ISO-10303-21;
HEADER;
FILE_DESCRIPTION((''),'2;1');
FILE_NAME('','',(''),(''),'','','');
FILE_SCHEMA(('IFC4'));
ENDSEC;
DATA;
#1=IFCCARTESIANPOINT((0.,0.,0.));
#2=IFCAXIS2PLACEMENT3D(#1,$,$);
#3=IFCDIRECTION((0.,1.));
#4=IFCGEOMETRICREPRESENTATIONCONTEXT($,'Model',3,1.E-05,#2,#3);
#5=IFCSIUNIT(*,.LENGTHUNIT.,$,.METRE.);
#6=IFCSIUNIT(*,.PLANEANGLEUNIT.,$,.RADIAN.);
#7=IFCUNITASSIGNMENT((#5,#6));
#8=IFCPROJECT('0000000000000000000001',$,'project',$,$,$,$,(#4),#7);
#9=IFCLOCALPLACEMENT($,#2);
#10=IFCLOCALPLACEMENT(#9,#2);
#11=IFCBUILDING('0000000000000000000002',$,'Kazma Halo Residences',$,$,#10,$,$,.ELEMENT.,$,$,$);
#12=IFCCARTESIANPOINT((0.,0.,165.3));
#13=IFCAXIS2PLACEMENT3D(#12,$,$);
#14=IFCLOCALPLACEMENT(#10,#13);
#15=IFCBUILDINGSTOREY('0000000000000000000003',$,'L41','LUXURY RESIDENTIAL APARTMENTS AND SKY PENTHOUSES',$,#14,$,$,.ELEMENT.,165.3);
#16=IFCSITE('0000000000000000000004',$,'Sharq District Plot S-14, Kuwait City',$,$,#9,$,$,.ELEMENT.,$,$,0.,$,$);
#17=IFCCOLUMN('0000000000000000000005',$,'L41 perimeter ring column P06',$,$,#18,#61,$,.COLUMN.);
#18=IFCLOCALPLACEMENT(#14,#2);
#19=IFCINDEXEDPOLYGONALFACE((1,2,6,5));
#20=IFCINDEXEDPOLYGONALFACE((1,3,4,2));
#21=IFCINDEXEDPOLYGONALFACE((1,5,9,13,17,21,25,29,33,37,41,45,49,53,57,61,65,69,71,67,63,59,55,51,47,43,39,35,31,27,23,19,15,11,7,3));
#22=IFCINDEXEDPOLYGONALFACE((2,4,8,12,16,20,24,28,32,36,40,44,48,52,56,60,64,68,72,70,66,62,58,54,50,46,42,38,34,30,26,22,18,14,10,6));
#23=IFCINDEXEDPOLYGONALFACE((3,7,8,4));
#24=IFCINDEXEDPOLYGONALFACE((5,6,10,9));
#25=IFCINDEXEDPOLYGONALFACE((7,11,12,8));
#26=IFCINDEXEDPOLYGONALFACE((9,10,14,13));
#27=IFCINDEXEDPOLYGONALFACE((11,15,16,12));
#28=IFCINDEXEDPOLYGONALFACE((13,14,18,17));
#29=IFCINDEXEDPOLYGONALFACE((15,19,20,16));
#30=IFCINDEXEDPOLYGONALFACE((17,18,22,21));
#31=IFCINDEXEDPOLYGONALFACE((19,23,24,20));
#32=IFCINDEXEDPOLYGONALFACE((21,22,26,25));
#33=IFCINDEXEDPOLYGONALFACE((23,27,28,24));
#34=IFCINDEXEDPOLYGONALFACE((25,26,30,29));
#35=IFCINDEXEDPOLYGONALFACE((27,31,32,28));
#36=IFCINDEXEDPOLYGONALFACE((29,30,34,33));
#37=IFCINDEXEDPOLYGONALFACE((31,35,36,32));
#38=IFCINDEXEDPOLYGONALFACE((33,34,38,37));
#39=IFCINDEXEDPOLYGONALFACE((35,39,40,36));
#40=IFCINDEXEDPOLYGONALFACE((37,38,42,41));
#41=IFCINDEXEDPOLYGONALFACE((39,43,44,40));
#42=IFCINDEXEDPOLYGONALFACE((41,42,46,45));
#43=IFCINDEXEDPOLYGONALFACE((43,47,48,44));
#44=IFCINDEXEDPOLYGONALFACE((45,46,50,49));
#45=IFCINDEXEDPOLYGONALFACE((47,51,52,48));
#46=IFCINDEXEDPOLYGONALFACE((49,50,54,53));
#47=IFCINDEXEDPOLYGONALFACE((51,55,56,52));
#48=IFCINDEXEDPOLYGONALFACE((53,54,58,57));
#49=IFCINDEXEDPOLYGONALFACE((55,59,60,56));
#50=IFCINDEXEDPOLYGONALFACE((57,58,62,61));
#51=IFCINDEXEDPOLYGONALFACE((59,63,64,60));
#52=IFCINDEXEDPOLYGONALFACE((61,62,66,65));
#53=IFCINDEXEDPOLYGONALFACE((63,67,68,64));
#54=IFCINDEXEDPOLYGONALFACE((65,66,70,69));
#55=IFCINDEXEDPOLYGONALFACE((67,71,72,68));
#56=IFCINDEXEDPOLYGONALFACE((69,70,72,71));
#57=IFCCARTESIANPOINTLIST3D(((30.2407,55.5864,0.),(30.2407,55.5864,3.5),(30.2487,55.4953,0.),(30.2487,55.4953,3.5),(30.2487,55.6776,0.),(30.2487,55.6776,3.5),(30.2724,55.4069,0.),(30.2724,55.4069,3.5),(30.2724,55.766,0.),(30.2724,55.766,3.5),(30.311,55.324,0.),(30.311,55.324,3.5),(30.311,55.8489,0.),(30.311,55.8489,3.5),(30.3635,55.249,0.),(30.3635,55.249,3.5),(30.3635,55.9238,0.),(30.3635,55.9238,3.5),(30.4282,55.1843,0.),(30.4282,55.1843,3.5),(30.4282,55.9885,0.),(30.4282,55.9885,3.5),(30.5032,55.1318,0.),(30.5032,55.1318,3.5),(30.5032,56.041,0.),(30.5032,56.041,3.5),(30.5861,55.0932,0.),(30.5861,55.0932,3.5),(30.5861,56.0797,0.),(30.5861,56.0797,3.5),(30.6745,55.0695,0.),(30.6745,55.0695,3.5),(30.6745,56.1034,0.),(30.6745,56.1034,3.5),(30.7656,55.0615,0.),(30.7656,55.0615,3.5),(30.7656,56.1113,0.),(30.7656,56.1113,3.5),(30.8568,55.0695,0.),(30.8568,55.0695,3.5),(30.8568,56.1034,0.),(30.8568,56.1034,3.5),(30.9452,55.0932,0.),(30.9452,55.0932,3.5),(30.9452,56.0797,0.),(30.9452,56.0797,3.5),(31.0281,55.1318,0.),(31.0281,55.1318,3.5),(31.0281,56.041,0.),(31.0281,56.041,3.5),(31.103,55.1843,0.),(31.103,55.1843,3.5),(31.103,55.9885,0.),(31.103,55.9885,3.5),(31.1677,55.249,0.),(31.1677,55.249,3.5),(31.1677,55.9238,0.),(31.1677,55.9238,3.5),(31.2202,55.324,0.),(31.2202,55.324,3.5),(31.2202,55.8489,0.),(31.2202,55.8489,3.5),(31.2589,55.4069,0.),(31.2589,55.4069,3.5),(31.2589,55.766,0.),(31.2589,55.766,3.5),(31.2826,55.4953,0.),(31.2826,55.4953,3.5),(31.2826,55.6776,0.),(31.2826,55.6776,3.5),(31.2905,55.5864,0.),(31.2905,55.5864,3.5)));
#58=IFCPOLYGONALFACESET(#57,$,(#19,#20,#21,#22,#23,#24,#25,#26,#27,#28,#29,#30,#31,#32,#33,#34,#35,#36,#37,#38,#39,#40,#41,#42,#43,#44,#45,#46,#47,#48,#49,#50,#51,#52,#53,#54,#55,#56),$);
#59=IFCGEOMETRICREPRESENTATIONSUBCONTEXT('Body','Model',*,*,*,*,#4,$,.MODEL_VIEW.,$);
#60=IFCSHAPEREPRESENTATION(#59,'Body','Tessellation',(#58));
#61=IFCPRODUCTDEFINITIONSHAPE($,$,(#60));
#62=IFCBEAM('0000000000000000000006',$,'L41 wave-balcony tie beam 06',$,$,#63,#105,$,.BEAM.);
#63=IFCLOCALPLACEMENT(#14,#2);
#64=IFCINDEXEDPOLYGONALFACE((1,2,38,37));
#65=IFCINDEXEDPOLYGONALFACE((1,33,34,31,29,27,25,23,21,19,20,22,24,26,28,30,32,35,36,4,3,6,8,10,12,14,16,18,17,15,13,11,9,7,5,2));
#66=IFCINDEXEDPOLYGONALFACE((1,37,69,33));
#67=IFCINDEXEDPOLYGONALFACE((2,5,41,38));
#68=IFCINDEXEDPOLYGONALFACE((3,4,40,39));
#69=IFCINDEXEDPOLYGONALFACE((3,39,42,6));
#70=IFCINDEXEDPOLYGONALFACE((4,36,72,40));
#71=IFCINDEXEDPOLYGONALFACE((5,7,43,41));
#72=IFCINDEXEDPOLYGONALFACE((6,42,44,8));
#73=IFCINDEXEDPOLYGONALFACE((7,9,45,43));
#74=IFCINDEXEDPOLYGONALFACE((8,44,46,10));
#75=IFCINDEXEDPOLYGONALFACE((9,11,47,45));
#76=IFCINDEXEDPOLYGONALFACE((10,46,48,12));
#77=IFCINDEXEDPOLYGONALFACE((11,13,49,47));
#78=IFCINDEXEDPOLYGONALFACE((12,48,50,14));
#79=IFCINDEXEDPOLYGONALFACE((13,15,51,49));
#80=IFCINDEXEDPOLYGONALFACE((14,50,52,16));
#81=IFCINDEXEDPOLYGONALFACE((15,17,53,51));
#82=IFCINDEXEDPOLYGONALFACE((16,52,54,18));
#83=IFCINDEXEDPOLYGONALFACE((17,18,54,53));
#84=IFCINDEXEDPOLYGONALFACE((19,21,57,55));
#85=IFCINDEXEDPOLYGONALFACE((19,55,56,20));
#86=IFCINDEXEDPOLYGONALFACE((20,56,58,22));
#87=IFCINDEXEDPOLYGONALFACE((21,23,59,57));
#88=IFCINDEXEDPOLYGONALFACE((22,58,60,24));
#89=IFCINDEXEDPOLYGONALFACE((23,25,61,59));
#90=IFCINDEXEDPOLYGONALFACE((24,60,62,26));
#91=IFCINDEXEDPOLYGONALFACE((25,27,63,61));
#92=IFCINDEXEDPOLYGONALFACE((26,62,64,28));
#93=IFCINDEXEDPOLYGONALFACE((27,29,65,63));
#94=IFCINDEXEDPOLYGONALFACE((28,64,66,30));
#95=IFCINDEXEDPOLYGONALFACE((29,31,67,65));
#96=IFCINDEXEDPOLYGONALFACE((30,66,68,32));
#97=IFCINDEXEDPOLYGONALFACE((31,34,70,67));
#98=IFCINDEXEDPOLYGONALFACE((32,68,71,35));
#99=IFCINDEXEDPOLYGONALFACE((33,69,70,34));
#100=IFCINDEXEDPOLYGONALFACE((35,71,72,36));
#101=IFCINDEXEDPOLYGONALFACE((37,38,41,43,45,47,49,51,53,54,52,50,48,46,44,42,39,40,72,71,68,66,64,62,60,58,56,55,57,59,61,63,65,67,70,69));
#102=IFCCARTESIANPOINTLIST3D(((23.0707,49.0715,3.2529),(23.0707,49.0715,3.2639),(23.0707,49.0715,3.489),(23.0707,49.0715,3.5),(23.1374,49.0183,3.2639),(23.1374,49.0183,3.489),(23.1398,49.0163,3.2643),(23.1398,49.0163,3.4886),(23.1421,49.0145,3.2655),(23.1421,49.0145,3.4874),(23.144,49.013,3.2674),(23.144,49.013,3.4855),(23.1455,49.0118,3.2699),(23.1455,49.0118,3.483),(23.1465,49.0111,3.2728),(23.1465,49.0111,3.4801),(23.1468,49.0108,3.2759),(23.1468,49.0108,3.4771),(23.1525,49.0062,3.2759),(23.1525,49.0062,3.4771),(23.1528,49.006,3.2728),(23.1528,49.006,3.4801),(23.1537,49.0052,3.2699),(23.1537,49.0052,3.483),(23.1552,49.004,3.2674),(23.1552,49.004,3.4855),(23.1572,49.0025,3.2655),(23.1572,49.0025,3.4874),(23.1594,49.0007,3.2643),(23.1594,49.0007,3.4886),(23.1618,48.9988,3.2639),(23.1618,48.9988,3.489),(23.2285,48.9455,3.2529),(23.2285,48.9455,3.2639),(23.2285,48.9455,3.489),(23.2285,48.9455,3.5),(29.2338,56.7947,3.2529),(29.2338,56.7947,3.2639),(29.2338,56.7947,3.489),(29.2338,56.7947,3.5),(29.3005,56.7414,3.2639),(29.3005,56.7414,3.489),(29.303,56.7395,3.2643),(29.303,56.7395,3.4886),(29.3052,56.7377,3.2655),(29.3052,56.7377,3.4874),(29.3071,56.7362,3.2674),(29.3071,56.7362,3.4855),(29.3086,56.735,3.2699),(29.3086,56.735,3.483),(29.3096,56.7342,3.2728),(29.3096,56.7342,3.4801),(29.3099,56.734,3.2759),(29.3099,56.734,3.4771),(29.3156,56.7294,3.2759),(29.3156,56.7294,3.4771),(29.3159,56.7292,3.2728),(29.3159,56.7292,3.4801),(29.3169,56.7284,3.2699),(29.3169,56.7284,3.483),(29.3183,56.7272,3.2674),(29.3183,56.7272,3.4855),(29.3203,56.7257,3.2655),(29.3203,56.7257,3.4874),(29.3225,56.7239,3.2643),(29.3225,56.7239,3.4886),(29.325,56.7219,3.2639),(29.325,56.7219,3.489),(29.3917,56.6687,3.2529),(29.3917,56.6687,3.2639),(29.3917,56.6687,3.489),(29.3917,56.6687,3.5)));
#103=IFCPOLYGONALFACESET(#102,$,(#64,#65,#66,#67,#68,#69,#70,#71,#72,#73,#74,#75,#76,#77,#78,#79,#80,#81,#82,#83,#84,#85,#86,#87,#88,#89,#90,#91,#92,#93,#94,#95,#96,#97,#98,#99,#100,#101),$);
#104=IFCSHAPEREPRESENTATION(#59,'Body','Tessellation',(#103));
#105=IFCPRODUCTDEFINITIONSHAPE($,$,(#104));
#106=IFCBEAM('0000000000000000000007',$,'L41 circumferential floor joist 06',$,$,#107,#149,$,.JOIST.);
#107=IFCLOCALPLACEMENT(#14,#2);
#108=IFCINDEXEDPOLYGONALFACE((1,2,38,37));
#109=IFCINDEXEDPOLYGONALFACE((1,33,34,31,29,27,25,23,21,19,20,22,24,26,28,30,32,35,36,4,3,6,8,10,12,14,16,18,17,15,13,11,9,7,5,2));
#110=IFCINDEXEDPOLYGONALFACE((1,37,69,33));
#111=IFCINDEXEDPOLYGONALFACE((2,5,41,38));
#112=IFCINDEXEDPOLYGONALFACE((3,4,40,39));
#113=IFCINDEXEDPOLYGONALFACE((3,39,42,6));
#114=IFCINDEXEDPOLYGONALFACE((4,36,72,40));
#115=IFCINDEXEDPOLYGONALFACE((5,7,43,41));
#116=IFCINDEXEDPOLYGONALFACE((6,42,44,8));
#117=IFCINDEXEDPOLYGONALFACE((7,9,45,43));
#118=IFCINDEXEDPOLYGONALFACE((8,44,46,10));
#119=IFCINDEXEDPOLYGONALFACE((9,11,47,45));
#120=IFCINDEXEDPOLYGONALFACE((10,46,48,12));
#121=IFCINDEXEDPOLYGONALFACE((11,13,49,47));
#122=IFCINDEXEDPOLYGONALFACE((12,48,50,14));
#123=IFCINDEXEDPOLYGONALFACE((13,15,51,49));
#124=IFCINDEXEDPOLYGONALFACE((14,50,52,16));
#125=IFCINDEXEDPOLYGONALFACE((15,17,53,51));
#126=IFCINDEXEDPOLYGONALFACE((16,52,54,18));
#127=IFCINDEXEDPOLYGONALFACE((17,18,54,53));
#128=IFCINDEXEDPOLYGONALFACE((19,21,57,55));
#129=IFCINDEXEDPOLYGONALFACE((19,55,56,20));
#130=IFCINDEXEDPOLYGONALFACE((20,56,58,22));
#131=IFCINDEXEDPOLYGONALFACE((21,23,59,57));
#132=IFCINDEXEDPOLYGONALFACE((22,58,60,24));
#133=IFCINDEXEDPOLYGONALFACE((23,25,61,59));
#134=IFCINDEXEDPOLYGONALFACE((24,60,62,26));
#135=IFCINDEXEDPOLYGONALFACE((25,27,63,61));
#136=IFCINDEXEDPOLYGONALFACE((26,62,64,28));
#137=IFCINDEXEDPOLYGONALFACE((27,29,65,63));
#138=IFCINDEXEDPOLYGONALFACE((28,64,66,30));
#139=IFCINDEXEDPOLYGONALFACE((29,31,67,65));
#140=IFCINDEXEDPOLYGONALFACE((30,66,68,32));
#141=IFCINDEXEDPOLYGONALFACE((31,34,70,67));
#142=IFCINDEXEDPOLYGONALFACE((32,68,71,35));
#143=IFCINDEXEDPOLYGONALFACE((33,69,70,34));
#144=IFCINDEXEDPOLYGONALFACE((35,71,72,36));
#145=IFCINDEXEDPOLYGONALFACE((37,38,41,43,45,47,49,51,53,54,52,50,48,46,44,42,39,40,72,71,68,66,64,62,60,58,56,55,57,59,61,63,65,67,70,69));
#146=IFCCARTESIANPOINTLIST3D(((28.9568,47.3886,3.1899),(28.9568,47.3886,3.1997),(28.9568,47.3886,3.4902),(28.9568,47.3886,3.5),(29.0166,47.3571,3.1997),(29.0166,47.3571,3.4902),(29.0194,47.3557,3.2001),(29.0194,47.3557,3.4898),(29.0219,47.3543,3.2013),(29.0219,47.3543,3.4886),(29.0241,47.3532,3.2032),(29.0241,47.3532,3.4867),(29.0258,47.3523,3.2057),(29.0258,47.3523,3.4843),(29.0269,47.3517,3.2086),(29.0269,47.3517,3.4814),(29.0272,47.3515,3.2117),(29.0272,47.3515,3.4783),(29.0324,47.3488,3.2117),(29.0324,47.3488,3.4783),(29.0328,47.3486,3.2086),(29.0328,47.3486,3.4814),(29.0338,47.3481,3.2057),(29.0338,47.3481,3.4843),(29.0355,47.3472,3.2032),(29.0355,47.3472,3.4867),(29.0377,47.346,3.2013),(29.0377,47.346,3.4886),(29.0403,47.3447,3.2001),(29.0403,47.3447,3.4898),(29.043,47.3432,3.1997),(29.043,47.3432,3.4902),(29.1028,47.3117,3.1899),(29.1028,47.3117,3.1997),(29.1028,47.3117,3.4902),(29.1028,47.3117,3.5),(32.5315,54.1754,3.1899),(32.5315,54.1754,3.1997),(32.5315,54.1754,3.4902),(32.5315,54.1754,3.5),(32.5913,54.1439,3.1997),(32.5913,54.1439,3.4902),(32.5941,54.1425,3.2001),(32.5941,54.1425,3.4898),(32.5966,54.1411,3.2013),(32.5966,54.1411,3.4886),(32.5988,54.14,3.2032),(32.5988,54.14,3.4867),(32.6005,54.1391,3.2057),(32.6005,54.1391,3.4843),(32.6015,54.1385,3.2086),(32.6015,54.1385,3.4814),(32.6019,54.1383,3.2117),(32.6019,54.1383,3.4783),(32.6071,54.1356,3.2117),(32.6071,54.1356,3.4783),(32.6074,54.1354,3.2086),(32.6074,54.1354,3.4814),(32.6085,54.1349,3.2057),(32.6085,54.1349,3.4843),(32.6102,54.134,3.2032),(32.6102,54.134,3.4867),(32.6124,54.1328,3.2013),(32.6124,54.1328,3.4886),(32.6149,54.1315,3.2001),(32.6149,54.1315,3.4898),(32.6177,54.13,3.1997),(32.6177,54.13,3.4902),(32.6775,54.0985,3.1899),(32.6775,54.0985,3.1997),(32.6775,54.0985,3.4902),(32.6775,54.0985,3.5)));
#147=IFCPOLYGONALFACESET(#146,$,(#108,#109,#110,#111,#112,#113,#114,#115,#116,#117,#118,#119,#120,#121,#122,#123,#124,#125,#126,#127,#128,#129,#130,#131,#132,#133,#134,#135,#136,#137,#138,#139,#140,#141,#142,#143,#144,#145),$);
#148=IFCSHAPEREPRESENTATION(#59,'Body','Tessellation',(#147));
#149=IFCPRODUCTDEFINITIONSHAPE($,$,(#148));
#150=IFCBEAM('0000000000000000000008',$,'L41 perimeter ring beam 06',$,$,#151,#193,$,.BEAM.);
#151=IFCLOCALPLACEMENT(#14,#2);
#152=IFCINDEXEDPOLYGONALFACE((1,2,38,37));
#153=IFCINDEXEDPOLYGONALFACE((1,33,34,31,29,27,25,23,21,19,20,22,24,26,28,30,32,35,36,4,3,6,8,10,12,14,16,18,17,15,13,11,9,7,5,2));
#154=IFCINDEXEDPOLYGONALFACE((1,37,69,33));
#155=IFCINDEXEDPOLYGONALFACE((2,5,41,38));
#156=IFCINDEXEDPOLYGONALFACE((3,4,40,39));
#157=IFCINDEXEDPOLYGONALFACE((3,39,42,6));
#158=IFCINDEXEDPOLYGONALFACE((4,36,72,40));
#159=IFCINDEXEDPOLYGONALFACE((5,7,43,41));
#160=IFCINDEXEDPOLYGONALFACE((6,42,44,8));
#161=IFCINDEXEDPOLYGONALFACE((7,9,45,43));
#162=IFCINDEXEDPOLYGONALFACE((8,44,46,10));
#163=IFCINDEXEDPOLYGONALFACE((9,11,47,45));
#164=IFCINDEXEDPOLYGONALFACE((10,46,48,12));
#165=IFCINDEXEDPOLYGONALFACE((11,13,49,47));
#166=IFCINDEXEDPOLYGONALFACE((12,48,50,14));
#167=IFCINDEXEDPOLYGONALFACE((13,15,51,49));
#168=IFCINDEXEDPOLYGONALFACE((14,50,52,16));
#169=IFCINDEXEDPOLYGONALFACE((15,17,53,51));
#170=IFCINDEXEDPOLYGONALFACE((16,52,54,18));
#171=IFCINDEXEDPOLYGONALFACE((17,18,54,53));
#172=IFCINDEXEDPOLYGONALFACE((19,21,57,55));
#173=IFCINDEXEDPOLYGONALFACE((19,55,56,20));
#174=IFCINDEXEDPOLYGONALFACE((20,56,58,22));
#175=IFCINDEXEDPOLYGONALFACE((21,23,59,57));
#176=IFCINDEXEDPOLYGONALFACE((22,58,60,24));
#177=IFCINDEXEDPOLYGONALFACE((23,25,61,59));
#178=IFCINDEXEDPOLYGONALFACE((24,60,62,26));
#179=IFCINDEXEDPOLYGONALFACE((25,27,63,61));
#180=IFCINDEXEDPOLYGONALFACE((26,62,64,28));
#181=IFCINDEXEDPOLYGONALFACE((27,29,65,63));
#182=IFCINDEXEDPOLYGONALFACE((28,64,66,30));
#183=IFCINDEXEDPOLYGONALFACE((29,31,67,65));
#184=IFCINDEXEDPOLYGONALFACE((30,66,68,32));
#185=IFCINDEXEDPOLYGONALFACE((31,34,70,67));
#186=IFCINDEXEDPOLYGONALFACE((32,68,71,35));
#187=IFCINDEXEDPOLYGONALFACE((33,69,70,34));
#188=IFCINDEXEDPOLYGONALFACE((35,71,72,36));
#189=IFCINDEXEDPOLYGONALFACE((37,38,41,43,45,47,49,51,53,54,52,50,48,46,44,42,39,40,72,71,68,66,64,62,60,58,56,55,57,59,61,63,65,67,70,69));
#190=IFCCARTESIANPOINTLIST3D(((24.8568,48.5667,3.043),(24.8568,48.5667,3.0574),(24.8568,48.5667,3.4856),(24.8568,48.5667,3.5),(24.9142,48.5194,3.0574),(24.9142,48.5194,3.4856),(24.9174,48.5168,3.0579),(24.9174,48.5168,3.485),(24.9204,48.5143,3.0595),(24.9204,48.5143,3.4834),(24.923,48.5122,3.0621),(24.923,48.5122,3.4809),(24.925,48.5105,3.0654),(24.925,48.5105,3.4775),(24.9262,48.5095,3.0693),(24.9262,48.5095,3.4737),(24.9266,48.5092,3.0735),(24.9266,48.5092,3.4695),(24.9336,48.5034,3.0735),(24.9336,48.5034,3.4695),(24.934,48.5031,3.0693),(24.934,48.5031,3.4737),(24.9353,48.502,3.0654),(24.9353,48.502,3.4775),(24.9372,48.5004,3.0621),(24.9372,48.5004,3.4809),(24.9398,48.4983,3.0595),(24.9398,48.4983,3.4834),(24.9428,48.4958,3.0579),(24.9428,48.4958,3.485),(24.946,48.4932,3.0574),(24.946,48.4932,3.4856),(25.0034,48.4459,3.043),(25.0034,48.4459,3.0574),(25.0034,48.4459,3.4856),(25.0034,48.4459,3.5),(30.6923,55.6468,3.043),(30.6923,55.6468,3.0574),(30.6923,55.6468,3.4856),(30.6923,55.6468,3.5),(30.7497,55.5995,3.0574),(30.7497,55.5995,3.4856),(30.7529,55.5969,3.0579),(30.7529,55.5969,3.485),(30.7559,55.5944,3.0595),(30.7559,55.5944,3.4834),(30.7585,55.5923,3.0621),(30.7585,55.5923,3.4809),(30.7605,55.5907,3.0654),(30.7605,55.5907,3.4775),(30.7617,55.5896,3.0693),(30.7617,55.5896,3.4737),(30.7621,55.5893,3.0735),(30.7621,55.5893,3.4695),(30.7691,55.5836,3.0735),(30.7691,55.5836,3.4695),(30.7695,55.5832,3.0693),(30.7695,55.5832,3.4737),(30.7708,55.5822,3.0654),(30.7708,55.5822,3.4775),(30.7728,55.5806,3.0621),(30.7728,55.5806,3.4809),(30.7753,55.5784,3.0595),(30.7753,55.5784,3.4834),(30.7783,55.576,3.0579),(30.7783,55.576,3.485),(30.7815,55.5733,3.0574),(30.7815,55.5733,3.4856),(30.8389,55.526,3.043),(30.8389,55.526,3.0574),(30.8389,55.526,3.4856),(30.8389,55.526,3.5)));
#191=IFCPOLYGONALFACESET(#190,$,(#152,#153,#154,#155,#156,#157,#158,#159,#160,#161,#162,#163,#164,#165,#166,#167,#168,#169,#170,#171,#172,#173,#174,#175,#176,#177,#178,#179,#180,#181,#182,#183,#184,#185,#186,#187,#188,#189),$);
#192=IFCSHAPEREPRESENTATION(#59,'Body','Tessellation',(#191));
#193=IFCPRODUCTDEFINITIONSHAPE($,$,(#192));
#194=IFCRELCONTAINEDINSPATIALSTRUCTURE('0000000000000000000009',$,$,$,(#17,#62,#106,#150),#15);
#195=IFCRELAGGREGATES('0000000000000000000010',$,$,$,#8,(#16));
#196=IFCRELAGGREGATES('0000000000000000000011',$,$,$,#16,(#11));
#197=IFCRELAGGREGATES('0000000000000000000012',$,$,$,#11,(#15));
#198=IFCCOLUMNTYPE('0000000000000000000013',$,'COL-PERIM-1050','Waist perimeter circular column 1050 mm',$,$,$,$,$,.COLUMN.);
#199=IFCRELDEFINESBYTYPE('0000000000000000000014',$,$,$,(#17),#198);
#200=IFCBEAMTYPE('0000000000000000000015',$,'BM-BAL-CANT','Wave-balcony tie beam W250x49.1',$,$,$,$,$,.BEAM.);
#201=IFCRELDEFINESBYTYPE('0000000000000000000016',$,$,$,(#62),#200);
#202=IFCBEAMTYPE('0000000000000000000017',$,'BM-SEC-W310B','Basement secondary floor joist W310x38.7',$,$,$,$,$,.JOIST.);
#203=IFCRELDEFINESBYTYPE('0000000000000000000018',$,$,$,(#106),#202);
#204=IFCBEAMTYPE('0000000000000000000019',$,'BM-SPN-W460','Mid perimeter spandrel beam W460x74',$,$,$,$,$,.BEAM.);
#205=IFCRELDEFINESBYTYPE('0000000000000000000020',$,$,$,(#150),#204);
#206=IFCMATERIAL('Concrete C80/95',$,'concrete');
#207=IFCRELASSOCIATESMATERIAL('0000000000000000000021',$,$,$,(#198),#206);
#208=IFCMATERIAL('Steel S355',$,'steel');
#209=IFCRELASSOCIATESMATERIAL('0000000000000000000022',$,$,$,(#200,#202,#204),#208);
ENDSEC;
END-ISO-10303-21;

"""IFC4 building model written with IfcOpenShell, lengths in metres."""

from ifc_helpers import new_model, si_unit, direction, frame, origin, origin_2d, place, context, subcontext, project, spatial, circle, i_section, extrude, material, material_profile, profile_set, type_object, element, save


model = new_model("IFC4")

# Units and contexts
model_context = context("Model", 3, precision=1e-05, world=origin(), true_north=direction((0.0, 1.0)))
body_context = subcontext(model_context, "Body", "Model", "MODEL_VIEW")
ifc_project = project(units=[si_unit("LENGTHUNIT", "METRE"), si_unit("PLANEANGLEUNIT", "RADIAN")], contexts=[model_context])

# Site, building, storey
site_placement = place(None, origin())
site = spatial("IfcSite", under=ifc_project, at=site_placement, Name="Sharq District Plot S-14, Kuwait City", CompositionType="ELEMENT", RefElevation=0.0)
building_placement = place(site_placement, origin())
building = spatial("IfcBuilding", under=site, at=building_placement, Name="Kazma Halo Residences", CompositionType="ELEMENT")
storey_placement = place(building_placement, frame((0.0, 0.0, 165.3)))
storey = spatial("IfcBuildingStorey", under=building, at=storey_placement, Name="L41", Description="LUXURY RESIDENTIAL APARTMENTS AND SKY PENTHOUSES", CompositionType="ELEMENT", Elevation=165.3)

# Column
ifc_material_1 = material(Name="Concrete C80/95", Category="concrete")
ifc_material_profile_1 = material_profile(ifc_material_1, circle(Radius=0.5249, at=origin_2d()), Name="CIRC1050")
ifc_profile_set_1 = profile_set([ifc_material_profile_1], Name="Concrete C80/95")
column_type = type_object("IfcColumnType", Name="COL-PERIM-1050", Description="Waist perimeter circular column 1050 mm", PredefinedType="COLUMN", material=ifc_profile_set_1)
column_placement = place(storey_placement, frame((30.7656, 55.5864, 0.0), z_axis=(0.0, 0.0, 1.0), x_axis=(1.0, 0.0, 0.0)))
element("IfcColumn", 1, at=column_placement, inside=storey, type_object=column_type, Name="L41 perimeter ring column P06", PredefinedType="COLUMN", context=body_context, shape_type="SweptSolid", body=[
    extrude(circle(Radius=0.5249, at=origin_2d()), origin(), (0.0, 0.0, 1.0), 3.5),
])

# Beams
ifc_material_2 = material(Name="Steel S355", Category="steel")
ifc_material_profile_2 = material_profile(ifc_material_2, i_section(OverallWidth=0.2019, OverallDepth=0.2471, WebThickness=0.0073, FlangeThickness=0.011, FilletRadius=0.012, at=origin_2d()), Name="W250x49.1")
ifc_profile_set_2 = profile_set([ifc_material_profile_2], Name="Steel S355")
beam_type_1 = type_object("IfcBeamType", Name="BM-BAL-CANT", Description="Wave-balcony tie beam W250x49.1", PredefinedType="BEAM", material=ifc_profile_set_2)
beam_1_placement = place(storey_placement, frame((29.3127, 56.7317, 3.3765), z_axis=(-0.623742, -0.78163, 0.0), x_axis=(0.78163, -0.623742, 0.0)))
element("IfcBeam", 2, at=beam_1_placement, inside=storey, type_object=beam_type_1, Name="L41 wave-balcony tie beam 06", PredefinedType="BEAM", context=body_context, shape_type="SweptSolid", body=[
    extrude(i_section(OverallWidth=0.2019, OverallDepth=0.2471, WebThickness=0.0073, FlangeThickness=0.011, FilletRadius=0.012, at=origin_2d()), origin(), (0.0, 0.0, 1.0), 9.8809),
])
ifc_material_profile_3 = material_profile(ifc_material_2, i_section(OverallWidth=0.165, OverallDepth=0.3101, WebThickness=0.0059, FlangeThickness=0.0098, FilletRadius=0.012, at=origin_2d()), Name="W310x38.7")
ifc_profile_set_3 = profile_set([ifc_material_profile_3], Name="Steel S355")
beam_type_2 = type_object("IfcBeamType", Name="BM-SEC-W310B", Description="Basement secondary floor joist W310x38.7", PredefinedType="JOIST", material=ifc_profile_set_3)
beam_2_placement = place(storey_placement, frame((32.6045, 54.137, 3.345), z_axis=(-0.466019, -0.884775, 0.0), x_axis=(0.884775, -0.466019, 0.0)))
element("IfcBeam", 3, at=beam_2_placement, inside=storey, type_object=beam_type_2, Name="L41 circumferential floor joist 06", PredefinedType="JOIST", context=body_context, shape_type="SweptSolid", body=[
    extrude(i_section(OverallWidth=0.165, OverallDepth=0.3101, WebThickness=0.0059, FlangeThickness=0.0098, FilletRadius=0.012, at=origin_2d()), origin(), (0.0, 0.0, 1.0), 7.6707),
])
ifc_material_profile_4 = material_profile(ifc_material_2, i_section(OverallWidth=0.1899, OverallDepth=0.457, WebThickness=0.009, FlangeThickness=0.0144, FilletRadius=0.0161, at=origin_2d()), Name="W460x74")
ifc_profile_set_4 = profile_set([ifc_material_profile_4], Name="Steel S355")
beam_type_3 = type_object("IfcBeamType", Name="BM-SPN-W460", Description="Mid perimeter spandrel beam W460x74", PredefinedType="BEAM", material=ifc_profile_set_4)
beam_3_placement = place(storey_placement, frame((30.7656, 55.5864, 3.2715), z_axis=(-0.636019, -0.771674, 0.0), x_axis=(0.771674, -0.636019, 0.0)))
element("IfcBeam", 4, at=beam_3_placement, inside=storey, type_object=beam_type_3, Name="L41 perimeter ring beam 06", PredefinedType="BEAM", context=body_context, shape_type="SweptSolid", body=[
    extrude(i_section(OverallWidth=0.1899, OverallDepth=0.457, WebThickness=0.009, FlangeThickness=0.0144, FilletRadius=0.0161, at=origin_2d()), origin(), (0.0, 0.0, 1.0), 9.175),
])

save(model, "model.ifc")
